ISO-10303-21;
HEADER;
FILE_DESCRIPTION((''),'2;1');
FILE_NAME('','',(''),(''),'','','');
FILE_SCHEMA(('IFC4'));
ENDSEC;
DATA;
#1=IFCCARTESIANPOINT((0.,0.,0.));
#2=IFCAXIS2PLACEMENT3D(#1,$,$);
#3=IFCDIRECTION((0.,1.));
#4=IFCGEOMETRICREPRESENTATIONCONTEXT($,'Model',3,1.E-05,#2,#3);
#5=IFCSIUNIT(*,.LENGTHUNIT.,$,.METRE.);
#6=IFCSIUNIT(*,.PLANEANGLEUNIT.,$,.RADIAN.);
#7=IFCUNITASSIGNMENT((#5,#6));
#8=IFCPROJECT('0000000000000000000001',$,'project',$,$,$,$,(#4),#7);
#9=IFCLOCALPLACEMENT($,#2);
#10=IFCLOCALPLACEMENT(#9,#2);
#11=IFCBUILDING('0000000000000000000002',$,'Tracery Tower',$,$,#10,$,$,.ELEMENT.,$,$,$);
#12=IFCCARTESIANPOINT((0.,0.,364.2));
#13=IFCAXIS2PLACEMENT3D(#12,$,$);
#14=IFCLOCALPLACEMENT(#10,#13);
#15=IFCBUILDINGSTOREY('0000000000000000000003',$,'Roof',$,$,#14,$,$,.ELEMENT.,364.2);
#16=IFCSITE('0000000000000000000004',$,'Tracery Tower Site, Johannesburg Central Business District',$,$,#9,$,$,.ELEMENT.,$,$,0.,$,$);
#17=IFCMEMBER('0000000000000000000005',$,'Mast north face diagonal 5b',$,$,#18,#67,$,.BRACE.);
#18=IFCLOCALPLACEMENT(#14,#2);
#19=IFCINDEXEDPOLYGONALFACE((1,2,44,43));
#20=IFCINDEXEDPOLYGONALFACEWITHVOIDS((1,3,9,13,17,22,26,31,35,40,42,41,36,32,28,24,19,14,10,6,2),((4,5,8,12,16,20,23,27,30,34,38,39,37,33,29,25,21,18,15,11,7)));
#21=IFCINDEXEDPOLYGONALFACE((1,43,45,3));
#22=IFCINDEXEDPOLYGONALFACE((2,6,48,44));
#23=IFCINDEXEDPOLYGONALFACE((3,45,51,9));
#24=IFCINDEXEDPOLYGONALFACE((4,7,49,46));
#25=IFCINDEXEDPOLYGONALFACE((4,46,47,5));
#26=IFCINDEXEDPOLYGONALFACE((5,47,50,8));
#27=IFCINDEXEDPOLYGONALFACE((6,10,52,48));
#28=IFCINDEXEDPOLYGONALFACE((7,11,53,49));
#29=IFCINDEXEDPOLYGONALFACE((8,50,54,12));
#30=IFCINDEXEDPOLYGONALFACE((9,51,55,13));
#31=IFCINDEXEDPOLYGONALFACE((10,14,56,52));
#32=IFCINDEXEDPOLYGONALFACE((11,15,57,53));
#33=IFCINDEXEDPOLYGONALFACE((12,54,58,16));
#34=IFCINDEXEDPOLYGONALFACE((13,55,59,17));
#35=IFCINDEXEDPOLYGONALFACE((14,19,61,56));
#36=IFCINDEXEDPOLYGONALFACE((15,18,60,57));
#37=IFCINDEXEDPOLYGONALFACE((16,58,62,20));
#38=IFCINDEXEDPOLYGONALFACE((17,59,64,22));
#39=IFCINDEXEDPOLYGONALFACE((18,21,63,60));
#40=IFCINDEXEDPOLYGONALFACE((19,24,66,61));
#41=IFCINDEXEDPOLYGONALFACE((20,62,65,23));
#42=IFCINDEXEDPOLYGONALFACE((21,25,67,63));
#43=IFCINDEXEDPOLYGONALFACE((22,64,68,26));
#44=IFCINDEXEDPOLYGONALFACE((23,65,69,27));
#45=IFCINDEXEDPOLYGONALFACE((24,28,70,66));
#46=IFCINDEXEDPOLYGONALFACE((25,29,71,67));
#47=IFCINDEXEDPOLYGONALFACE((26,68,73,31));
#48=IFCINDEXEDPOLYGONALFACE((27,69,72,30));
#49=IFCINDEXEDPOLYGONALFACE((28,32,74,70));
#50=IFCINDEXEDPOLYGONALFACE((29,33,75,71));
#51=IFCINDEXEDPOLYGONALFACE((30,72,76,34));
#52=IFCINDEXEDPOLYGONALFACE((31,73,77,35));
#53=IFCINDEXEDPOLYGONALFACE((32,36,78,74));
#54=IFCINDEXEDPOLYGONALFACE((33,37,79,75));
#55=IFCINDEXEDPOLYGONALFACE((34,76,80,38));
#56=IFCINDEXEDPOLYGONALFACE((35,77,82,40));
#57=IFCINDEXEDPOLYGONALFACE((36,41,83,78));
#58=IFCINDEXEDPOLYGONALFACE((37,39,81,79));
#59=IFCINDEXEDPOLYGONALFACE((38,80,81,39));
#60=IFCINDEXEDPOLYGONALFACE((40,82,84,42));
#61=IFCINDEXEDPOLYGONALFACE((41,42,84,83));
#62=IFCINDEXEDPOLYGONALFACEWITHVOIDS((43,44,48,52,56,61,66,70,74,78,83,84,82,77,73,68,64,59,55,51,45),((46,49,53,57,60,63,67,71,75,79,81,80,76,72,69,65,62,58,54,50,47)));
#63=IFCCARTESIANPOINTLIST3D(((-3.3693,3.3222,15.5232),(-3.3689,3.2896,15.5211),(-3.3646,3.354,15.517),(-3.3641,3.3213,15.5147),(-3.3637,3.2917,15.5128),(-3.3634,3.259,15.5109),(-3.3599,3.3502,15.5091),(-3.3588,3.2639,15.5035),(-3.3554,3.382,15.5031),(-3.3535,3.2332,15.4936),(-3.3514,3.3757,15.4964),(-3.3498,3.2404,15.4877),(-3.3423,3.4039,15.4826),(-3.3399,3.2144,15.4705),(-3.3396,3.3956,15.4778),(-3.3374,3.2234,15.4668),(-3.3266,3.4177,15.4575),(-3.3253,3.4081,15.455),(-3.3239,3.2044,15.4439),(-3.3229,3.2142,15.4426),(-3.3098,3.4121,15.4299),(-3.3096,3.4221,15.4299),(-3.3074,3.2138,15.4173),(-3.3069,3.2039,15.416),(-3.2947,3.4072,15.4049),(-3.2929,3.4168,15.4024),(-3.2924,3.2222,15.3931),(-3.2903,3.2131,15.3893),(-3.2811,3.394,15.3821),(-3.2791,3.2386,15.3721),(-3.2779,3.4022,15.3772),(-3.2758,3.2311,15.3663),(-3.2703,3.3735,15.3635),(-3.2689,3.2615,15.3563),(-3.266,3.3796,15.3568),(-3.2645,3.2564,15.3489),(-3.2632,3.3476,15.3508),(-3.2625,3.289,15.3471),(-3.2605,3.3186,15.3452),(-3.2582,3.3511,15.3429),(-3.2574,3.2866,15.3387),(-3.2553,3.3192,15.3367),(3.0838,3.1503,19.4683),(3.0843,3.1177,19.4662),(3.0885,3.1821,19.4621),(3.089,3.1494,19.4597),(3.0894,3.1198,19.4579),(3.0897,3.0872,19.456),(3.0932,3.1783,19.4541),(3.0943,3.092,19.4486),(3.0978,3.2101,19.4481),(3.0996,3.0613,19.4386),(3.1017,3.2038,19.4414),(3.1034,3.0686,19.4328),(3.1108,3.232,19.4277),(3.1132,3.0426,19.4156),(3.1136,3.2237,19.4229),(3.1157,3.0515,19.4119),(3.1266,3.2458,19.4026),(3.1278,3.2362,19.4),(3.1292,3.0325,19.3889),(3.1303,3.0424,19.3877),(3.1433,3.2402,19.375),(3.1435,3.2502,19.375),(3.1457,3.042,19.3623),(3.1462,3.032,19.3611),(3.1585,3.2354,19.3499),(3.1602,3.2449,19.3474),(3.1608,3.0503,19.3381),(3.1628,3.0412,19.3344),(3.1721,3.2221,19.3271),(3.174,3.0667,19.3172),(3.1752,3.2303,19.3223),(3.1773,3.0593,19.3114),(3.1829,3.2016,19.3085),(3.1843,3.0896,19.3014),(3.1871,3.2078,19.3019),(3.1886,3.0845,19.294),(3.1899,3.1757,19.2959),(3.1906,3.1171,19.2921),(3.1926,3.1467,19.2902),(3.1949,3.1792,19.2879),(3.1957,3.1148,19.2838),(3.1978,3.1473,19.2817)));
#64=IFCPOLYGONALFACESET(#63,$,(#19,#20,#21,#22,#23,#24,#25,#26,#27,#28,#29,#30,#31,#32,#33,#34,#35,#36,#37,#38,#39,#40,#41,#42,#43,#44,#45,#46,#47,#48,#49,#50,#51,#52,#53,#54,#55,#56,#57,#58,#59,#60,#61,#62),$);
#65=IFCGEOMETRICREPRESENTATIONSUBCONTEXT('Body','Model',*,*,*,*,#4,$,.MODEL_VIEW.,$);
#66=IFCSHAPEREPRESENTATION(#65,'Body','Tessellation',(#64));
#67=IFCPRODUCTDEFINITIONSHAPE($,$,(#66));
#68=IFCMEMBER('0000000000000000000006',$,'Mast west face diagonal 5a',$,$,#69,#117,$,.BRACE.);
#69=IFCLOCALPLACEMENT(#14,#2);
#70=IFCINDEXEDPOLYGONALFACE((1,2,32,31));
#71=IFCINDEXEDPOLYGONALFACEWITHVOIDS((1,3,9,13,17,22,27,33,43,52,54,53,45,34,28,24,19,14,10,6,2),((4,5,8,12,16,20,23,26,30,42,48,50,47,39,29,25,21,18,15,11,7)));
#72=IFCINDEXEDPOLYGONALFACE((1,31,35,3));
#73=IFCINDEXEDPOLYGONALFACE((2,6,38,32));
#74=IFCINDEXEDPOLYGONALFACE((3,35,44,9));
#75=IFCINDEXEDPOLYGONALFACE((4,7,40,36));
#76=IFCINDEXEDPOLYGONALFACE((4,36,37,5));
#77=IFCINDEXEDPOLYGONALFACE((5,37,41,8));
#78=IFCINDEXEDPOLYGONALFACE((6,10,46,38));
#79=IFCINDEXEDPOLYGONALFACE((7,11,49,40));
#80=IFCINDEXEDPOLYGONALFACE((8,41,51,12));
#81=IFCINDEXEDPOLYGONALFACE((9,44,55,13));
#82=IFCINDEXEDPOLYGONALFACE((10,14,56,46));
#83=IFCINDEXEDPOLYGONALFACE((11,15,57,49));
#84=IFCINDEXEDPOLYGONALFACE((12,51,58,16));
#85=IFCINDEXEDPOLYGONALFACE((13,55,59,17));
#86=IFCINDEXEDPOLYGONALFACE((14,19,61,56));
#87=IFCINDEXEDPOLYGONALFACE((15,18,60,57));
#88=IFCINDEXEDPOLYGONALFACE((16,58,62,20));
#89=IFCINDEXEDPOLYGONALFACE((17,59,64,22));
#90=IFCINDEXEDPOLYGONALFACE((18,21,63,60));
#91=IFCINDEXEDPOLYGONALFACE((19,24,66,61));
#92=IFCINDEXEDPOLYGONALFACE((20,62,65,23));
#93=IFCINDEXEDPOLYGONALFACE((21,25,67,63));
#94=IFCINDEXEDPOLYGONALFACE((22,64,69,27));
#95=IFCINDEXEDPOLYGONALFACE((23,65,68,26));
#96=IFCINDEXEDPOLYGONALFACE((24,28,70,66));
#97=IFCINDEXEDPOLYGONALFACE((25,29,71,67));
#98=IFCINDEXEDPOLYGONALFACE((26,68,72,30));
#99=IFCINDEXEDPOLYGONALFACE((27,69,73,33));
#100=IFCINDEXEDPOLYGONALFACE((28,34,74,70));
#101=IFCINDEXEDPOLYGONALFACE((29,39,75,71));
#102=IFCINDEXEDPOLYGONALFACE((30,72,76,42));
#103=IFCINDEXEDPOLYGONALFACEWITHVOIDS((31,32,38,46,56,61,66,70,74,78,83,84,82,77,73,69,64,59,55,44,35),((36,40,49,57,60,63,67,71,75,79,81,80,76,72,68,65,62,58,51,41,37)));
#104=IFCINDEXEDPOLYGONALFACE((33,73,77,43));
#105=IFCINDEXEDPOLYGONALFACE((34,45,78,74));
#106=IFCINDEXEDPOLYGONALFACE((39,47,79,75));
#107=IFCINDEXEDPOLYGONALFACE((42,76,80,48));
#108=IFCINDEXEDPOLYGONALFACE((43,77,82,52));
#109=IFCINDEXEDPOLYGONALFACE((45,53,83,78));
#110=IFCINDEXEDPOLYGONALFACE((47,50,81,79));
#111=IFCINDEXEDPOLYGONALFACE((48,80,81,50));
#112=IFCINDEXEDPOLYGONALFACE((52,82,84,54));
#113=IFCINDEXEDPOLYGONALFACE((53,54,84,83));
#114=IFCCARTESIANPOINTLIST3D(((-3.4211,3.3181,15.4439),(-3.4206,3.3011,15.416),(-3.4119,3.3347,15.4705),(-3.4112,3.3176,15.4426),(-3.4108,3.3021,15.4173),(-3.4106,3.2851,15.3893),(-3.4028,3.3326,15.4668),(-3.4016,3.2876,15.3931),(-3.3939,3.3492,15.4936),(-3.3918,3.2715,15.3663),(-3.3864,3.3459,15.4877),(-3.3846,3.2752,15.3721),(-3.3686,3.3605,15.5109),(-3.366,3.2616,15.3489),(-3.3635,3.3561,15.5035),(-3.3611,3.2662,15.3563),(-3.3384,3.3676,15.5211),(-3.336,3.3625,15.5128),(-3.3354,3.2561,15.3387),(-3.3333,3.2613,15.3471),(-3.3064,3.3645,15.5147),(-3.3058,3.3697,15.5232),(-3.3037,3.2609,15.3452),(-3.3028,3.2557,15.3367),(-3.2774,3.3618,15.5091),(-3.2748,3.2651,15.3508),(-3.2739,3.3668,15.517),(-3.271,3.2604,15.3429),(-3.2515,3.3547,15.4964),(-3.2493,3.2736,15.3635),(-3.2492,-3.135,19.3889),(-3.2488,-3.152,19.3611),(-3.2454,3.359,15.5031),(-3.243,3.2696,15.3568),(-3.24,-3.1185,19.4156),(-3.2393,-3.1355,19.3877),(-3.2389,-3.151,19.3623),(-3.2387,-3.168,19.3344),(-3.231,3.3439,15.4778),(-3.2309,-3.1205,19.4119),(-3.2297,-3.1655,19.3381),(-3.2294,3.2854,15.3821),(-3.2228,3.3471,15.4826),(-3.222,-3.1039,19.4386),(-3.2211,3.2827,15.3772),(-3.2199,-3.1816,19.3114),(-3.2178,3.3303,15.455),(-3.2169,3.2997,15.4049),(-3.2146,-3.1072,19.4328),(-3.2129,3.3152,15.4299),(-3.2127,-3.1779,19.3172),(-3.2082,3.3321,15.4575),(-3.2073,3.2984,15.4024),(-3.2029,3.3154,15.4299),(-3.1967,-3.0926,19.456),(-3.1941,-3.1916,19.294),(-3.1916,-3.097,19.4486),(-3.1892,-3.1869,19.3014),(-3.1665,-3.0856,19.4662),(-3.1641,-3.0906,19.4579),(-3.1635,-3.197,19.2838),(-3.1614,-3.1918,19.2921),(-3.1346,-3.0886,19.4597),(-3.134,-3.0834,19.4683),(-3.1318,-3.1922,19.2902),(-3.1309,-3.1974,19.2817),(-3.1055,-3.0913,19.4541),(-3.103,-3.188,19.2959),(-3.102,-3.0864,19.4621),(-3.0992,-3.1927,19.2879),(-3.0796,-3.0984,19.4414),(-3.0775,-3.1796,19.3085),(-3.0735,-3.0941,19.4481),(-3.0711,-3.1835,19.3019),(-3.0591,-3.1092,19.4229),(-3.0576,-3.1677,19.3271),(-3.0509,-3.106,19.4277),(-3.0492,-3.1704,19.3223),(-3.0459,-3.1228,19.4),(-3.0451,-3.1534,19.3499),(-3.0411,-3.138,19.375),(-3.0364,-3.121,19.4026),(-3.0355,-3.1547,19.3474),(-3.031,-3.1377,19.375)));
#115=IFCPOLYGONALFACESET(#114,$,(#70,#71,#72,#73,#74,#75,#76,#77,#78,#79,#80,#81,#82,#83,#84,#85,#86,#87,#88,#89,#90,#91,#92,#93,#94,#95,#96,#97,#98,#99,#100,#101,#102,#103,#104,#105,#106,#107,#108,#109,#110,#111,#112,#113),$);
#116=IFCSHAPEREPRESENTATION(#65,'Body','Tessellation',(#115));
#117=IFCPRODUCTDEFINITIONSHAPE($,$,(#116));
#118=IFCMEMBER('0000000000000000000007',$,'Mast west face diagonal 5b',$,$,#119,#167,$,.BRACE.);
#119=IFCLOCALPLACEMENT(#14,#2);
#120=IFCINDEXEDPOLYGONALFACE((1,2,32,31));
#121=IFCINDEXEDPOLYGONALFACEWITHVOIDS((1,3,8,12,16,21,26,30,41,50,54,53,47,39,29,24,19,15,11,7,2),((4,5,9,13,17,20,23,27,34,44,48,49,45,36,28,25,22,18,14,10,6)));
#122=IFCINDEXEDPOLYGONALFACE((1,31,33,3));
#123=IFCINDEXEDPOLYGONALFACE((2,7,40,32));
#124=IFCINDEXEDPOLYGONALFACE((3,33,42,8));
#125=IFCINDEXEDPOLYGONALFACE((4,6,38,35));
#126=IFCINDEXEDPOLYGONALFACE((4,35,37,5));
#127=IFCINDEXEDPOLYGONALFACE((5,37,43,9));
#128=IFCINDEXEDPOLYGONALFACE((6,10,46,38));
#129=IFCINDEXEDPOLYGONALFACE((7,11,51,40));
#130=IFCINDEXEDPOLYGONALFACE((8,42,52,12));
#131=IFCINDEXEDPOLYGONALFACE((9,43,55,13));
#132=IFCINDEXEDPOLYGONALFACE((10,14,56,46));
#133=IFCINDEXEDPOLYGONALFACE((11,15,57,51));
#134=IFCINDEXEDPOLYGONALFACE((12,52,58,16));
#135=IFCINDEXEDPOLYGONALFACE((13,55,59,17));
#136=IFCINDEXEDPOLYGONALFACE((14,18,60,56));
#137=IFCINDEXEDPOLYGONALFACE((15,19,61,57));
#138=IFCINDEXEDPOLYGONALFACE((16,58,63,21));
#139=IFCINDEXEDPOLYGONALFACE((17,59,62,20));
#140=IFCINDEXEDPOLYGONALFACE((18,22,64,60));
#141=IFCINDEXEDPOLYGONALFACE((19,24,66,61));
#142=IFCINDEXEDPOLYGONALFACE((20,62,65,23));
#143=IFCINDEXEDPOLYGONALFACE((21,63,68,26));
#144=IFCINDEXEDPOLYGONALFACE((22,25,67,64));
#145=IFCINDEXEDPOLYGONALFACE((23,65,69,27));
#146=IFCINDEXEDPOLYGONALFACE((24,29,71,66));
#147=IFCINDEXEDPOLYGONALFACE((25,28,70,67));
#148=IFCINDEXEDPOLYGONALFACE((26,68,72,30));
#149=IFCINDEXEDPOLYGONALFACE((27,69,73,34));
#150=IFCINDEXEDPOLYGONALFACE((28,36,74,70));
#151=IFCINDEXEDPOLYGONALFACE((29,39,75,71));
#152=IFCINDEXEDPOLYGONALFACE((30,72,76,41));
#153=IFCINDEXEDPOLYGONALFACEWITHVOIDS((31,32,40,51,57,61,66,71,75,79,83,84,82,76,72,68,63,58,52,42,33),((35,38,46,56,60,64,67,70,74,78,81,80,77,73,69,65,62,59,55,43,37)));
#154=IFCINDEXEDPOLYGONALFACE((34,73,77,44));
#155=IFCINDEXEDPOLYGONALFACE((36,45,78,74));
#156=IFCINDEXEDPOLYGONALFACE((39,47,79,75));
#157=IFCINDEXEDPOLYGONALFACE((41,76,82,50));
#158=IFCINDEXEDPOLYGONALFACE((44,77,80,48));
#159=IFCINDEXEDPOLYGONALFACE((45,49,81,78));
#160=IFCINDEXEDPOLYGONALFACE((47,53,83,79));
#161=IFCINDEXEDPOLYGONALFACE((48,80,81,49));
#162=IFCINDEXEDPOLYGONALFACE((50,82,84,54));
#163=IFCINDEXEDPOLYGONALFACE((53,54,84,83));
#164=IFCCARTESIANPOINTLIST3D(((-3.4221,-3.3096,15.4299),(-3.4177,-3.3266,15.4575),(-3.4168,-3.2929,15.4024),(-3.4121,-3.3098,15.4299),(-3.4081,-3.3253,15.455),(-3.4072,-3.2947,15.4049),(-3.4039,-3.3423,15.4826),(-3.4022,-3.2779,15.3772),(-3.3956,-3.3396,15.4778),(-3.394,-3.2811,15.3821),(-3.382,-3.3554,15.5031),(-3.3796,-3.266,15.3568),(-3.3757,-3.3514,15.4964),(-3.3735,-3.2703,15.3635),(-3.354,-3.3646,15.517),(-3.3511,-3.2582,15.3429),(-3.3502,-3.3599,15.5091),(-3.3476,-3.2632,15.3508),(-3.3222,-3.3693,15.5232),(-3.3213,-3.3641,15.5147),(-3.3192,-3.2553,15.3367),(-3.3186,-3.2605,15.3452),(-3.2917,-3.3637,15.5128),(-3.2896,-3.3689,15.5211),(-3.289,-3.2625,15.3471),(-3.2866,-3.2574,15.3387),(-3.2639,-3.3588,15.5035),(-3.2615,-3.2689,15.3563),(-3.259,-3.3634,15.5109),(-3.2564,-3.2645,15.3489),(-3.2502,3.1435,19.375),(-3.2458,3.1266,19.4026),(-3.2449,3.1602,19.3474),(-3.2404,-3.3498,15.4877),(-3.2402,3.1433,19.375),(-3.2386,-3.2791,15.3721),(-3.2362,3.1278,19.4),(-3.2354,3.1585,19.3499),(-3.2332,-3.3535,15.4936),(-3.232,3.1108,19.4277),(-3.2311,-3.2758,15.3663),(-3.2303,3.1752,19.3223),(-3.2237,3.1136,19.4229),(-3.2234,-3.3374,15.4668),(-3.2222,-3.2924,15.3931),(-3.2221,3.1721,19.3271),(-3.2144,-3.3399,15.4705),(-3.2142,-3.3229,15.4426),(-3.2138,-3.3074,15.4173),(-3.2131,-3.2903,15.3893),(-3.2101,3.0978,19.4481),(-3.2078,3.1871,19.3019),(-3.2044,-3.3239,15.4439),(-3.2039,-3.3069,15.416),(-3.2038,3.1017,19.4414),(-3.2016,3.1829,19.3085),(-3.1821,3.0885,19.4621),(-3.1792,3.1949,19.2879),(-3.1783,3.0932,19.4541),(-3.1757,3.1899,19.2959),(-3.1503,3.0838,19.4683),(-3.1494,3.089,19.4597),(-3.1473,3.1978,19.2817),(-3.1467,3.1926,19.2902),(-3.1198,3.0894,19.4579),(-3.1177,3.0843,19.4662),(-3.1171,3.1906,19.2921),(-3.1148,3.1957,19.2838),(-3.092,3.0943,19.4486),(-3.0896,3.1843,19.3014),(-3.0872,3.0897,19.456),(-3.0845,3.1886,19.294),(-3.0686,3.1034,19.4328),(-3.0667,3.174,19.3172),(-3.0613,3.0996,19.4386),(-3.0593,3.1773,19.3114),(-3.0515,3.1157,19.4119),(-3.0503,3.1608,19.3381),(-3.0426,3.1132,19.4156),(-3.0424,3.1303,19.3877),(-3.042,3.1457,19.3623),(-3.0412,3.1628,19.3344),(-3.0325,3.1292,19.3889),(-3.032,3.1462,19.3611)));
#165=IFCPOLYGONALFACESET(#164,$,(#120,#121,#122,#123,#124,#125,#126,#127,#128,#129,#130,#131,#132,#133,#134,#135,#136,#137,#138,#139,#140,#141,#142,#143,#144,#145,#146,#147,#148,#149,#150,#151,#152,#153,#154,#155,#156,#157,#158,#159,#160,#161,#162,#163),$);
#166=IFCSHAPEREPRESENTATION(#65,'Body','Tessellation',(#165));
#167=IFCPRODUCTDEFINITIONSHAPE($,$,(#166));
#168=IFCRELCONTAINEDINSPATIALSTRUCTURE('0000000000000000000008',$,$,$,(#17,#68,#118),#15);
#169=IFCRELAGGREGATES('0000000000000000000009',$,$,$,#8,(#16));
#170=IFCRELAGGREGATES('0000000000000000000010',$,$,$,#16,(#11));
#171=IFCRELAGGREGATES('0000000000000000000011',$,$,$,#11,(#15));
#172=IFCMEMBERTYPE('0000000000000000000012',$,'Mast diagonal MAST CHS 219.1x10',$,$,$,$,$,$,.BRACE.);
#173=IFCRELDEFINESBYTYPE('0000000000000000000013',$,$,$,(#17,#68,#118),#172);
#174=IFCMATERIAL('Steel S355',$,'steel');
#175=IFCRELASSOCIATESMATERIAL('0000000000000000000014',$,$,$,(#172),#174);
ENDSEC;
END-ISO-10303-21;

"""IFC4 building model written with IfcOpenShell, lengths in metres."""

from ifc_helpers import new_model, si_unit, direction, frame, origin, origin_2d, place, context, subcontext, project, spatial, hollow_circle, extrude, material, material_profile, profile_set, type_object, element, save


model = new_model("IFC4")

# Units and contexts
model_context = context("Model", 3, precision=1e-05, world=origin(), true_north=direction((0.0, 1.0)))
body_context = subcontext(model_context, "Body", "Model", "MODEL_VIEW")
ifc_project = project(units=[si_unit("LENGTHUNIT", "METRE"), si_unit("PLANEANGLEUNIT", "RADIAN")], contexts=[model_context])

# Site, building, storey
site_placement = place(None, origin())
site = spatial("IfcSite", under=ifc_project, at=site_placement, Name="Tracery Tower Site, Johannesburg Central Business District", CompositionType="ELEMENT", RefElevation=0.0)
building_placement = place(site_placement, origin())
building = spatial("IfcBuilding", under=site, at=building_placement, Name="Tracery Tower", CompositionType="ELEMENT")
storey_placement = place(building_placement, frame((0.0, 0.0, 364.2)))
storey = spatial("IfcBuildingStorey", under=building, at=storey_placement, Name="Roof", CompositionType="ELEMENT", Elevation=364.2)

# Members
ifc_material_1 = material(Name="Steel S355", Category="steel")
ifc_material_profile_1 = material_profile(ifc_material_1, hollow_circle(Radius=0.1096, WallThickness=0.01, at=origin_2d()), Name="CHS 219.1x10")
ifc_profile_set_1 = profile_set([ifc_material_profile_1], Name="Steel S355")
member_type_1 = type_object("IfcMemberType", Name="Mast diagonal MAST CHS 219.1x10", PredefinedType="BRACE", material=ifc_profile_set_1)
for number, where, z_axis, x_axis, name in (
    (1, (-3.3125, 3.3125, 15.4299), (0.852974, -0.022718, 0.521459), (0.026625, 0.999645, 0.0), "Mast north face diagonal 5b"),
    (2, (-3.3125, 3.3125, 15.4299), (0.022718, -0.852974, 0.521459), (0.999645, 0.026625, 0.0), "Mast west face diagonal 5a"),
    (3, (-3.3125, -3.3125, 15.4299), (0.022718, 0.852974, 0.521459), (-0.999645, 0.026625, 0.0), "Mast west face diagonal 5b"),
):
    element("IfcMember", number, at=place(storey_placement, frame(where, z_axis=z_axis, x_axis=x_axis)), inside=storey, type_object=member_type_1, Name=name, PredefinedType="BRACE", context=body_context, shape_type="SweptSolid", body=[
        extrude(hollow_circle(Radius=0.1096, WallThickness=0.01, at=origin_2d()), origin(), (0.0, 0.0, 1.0), 7.5654),
    ])

save(model, "model.ifc")
